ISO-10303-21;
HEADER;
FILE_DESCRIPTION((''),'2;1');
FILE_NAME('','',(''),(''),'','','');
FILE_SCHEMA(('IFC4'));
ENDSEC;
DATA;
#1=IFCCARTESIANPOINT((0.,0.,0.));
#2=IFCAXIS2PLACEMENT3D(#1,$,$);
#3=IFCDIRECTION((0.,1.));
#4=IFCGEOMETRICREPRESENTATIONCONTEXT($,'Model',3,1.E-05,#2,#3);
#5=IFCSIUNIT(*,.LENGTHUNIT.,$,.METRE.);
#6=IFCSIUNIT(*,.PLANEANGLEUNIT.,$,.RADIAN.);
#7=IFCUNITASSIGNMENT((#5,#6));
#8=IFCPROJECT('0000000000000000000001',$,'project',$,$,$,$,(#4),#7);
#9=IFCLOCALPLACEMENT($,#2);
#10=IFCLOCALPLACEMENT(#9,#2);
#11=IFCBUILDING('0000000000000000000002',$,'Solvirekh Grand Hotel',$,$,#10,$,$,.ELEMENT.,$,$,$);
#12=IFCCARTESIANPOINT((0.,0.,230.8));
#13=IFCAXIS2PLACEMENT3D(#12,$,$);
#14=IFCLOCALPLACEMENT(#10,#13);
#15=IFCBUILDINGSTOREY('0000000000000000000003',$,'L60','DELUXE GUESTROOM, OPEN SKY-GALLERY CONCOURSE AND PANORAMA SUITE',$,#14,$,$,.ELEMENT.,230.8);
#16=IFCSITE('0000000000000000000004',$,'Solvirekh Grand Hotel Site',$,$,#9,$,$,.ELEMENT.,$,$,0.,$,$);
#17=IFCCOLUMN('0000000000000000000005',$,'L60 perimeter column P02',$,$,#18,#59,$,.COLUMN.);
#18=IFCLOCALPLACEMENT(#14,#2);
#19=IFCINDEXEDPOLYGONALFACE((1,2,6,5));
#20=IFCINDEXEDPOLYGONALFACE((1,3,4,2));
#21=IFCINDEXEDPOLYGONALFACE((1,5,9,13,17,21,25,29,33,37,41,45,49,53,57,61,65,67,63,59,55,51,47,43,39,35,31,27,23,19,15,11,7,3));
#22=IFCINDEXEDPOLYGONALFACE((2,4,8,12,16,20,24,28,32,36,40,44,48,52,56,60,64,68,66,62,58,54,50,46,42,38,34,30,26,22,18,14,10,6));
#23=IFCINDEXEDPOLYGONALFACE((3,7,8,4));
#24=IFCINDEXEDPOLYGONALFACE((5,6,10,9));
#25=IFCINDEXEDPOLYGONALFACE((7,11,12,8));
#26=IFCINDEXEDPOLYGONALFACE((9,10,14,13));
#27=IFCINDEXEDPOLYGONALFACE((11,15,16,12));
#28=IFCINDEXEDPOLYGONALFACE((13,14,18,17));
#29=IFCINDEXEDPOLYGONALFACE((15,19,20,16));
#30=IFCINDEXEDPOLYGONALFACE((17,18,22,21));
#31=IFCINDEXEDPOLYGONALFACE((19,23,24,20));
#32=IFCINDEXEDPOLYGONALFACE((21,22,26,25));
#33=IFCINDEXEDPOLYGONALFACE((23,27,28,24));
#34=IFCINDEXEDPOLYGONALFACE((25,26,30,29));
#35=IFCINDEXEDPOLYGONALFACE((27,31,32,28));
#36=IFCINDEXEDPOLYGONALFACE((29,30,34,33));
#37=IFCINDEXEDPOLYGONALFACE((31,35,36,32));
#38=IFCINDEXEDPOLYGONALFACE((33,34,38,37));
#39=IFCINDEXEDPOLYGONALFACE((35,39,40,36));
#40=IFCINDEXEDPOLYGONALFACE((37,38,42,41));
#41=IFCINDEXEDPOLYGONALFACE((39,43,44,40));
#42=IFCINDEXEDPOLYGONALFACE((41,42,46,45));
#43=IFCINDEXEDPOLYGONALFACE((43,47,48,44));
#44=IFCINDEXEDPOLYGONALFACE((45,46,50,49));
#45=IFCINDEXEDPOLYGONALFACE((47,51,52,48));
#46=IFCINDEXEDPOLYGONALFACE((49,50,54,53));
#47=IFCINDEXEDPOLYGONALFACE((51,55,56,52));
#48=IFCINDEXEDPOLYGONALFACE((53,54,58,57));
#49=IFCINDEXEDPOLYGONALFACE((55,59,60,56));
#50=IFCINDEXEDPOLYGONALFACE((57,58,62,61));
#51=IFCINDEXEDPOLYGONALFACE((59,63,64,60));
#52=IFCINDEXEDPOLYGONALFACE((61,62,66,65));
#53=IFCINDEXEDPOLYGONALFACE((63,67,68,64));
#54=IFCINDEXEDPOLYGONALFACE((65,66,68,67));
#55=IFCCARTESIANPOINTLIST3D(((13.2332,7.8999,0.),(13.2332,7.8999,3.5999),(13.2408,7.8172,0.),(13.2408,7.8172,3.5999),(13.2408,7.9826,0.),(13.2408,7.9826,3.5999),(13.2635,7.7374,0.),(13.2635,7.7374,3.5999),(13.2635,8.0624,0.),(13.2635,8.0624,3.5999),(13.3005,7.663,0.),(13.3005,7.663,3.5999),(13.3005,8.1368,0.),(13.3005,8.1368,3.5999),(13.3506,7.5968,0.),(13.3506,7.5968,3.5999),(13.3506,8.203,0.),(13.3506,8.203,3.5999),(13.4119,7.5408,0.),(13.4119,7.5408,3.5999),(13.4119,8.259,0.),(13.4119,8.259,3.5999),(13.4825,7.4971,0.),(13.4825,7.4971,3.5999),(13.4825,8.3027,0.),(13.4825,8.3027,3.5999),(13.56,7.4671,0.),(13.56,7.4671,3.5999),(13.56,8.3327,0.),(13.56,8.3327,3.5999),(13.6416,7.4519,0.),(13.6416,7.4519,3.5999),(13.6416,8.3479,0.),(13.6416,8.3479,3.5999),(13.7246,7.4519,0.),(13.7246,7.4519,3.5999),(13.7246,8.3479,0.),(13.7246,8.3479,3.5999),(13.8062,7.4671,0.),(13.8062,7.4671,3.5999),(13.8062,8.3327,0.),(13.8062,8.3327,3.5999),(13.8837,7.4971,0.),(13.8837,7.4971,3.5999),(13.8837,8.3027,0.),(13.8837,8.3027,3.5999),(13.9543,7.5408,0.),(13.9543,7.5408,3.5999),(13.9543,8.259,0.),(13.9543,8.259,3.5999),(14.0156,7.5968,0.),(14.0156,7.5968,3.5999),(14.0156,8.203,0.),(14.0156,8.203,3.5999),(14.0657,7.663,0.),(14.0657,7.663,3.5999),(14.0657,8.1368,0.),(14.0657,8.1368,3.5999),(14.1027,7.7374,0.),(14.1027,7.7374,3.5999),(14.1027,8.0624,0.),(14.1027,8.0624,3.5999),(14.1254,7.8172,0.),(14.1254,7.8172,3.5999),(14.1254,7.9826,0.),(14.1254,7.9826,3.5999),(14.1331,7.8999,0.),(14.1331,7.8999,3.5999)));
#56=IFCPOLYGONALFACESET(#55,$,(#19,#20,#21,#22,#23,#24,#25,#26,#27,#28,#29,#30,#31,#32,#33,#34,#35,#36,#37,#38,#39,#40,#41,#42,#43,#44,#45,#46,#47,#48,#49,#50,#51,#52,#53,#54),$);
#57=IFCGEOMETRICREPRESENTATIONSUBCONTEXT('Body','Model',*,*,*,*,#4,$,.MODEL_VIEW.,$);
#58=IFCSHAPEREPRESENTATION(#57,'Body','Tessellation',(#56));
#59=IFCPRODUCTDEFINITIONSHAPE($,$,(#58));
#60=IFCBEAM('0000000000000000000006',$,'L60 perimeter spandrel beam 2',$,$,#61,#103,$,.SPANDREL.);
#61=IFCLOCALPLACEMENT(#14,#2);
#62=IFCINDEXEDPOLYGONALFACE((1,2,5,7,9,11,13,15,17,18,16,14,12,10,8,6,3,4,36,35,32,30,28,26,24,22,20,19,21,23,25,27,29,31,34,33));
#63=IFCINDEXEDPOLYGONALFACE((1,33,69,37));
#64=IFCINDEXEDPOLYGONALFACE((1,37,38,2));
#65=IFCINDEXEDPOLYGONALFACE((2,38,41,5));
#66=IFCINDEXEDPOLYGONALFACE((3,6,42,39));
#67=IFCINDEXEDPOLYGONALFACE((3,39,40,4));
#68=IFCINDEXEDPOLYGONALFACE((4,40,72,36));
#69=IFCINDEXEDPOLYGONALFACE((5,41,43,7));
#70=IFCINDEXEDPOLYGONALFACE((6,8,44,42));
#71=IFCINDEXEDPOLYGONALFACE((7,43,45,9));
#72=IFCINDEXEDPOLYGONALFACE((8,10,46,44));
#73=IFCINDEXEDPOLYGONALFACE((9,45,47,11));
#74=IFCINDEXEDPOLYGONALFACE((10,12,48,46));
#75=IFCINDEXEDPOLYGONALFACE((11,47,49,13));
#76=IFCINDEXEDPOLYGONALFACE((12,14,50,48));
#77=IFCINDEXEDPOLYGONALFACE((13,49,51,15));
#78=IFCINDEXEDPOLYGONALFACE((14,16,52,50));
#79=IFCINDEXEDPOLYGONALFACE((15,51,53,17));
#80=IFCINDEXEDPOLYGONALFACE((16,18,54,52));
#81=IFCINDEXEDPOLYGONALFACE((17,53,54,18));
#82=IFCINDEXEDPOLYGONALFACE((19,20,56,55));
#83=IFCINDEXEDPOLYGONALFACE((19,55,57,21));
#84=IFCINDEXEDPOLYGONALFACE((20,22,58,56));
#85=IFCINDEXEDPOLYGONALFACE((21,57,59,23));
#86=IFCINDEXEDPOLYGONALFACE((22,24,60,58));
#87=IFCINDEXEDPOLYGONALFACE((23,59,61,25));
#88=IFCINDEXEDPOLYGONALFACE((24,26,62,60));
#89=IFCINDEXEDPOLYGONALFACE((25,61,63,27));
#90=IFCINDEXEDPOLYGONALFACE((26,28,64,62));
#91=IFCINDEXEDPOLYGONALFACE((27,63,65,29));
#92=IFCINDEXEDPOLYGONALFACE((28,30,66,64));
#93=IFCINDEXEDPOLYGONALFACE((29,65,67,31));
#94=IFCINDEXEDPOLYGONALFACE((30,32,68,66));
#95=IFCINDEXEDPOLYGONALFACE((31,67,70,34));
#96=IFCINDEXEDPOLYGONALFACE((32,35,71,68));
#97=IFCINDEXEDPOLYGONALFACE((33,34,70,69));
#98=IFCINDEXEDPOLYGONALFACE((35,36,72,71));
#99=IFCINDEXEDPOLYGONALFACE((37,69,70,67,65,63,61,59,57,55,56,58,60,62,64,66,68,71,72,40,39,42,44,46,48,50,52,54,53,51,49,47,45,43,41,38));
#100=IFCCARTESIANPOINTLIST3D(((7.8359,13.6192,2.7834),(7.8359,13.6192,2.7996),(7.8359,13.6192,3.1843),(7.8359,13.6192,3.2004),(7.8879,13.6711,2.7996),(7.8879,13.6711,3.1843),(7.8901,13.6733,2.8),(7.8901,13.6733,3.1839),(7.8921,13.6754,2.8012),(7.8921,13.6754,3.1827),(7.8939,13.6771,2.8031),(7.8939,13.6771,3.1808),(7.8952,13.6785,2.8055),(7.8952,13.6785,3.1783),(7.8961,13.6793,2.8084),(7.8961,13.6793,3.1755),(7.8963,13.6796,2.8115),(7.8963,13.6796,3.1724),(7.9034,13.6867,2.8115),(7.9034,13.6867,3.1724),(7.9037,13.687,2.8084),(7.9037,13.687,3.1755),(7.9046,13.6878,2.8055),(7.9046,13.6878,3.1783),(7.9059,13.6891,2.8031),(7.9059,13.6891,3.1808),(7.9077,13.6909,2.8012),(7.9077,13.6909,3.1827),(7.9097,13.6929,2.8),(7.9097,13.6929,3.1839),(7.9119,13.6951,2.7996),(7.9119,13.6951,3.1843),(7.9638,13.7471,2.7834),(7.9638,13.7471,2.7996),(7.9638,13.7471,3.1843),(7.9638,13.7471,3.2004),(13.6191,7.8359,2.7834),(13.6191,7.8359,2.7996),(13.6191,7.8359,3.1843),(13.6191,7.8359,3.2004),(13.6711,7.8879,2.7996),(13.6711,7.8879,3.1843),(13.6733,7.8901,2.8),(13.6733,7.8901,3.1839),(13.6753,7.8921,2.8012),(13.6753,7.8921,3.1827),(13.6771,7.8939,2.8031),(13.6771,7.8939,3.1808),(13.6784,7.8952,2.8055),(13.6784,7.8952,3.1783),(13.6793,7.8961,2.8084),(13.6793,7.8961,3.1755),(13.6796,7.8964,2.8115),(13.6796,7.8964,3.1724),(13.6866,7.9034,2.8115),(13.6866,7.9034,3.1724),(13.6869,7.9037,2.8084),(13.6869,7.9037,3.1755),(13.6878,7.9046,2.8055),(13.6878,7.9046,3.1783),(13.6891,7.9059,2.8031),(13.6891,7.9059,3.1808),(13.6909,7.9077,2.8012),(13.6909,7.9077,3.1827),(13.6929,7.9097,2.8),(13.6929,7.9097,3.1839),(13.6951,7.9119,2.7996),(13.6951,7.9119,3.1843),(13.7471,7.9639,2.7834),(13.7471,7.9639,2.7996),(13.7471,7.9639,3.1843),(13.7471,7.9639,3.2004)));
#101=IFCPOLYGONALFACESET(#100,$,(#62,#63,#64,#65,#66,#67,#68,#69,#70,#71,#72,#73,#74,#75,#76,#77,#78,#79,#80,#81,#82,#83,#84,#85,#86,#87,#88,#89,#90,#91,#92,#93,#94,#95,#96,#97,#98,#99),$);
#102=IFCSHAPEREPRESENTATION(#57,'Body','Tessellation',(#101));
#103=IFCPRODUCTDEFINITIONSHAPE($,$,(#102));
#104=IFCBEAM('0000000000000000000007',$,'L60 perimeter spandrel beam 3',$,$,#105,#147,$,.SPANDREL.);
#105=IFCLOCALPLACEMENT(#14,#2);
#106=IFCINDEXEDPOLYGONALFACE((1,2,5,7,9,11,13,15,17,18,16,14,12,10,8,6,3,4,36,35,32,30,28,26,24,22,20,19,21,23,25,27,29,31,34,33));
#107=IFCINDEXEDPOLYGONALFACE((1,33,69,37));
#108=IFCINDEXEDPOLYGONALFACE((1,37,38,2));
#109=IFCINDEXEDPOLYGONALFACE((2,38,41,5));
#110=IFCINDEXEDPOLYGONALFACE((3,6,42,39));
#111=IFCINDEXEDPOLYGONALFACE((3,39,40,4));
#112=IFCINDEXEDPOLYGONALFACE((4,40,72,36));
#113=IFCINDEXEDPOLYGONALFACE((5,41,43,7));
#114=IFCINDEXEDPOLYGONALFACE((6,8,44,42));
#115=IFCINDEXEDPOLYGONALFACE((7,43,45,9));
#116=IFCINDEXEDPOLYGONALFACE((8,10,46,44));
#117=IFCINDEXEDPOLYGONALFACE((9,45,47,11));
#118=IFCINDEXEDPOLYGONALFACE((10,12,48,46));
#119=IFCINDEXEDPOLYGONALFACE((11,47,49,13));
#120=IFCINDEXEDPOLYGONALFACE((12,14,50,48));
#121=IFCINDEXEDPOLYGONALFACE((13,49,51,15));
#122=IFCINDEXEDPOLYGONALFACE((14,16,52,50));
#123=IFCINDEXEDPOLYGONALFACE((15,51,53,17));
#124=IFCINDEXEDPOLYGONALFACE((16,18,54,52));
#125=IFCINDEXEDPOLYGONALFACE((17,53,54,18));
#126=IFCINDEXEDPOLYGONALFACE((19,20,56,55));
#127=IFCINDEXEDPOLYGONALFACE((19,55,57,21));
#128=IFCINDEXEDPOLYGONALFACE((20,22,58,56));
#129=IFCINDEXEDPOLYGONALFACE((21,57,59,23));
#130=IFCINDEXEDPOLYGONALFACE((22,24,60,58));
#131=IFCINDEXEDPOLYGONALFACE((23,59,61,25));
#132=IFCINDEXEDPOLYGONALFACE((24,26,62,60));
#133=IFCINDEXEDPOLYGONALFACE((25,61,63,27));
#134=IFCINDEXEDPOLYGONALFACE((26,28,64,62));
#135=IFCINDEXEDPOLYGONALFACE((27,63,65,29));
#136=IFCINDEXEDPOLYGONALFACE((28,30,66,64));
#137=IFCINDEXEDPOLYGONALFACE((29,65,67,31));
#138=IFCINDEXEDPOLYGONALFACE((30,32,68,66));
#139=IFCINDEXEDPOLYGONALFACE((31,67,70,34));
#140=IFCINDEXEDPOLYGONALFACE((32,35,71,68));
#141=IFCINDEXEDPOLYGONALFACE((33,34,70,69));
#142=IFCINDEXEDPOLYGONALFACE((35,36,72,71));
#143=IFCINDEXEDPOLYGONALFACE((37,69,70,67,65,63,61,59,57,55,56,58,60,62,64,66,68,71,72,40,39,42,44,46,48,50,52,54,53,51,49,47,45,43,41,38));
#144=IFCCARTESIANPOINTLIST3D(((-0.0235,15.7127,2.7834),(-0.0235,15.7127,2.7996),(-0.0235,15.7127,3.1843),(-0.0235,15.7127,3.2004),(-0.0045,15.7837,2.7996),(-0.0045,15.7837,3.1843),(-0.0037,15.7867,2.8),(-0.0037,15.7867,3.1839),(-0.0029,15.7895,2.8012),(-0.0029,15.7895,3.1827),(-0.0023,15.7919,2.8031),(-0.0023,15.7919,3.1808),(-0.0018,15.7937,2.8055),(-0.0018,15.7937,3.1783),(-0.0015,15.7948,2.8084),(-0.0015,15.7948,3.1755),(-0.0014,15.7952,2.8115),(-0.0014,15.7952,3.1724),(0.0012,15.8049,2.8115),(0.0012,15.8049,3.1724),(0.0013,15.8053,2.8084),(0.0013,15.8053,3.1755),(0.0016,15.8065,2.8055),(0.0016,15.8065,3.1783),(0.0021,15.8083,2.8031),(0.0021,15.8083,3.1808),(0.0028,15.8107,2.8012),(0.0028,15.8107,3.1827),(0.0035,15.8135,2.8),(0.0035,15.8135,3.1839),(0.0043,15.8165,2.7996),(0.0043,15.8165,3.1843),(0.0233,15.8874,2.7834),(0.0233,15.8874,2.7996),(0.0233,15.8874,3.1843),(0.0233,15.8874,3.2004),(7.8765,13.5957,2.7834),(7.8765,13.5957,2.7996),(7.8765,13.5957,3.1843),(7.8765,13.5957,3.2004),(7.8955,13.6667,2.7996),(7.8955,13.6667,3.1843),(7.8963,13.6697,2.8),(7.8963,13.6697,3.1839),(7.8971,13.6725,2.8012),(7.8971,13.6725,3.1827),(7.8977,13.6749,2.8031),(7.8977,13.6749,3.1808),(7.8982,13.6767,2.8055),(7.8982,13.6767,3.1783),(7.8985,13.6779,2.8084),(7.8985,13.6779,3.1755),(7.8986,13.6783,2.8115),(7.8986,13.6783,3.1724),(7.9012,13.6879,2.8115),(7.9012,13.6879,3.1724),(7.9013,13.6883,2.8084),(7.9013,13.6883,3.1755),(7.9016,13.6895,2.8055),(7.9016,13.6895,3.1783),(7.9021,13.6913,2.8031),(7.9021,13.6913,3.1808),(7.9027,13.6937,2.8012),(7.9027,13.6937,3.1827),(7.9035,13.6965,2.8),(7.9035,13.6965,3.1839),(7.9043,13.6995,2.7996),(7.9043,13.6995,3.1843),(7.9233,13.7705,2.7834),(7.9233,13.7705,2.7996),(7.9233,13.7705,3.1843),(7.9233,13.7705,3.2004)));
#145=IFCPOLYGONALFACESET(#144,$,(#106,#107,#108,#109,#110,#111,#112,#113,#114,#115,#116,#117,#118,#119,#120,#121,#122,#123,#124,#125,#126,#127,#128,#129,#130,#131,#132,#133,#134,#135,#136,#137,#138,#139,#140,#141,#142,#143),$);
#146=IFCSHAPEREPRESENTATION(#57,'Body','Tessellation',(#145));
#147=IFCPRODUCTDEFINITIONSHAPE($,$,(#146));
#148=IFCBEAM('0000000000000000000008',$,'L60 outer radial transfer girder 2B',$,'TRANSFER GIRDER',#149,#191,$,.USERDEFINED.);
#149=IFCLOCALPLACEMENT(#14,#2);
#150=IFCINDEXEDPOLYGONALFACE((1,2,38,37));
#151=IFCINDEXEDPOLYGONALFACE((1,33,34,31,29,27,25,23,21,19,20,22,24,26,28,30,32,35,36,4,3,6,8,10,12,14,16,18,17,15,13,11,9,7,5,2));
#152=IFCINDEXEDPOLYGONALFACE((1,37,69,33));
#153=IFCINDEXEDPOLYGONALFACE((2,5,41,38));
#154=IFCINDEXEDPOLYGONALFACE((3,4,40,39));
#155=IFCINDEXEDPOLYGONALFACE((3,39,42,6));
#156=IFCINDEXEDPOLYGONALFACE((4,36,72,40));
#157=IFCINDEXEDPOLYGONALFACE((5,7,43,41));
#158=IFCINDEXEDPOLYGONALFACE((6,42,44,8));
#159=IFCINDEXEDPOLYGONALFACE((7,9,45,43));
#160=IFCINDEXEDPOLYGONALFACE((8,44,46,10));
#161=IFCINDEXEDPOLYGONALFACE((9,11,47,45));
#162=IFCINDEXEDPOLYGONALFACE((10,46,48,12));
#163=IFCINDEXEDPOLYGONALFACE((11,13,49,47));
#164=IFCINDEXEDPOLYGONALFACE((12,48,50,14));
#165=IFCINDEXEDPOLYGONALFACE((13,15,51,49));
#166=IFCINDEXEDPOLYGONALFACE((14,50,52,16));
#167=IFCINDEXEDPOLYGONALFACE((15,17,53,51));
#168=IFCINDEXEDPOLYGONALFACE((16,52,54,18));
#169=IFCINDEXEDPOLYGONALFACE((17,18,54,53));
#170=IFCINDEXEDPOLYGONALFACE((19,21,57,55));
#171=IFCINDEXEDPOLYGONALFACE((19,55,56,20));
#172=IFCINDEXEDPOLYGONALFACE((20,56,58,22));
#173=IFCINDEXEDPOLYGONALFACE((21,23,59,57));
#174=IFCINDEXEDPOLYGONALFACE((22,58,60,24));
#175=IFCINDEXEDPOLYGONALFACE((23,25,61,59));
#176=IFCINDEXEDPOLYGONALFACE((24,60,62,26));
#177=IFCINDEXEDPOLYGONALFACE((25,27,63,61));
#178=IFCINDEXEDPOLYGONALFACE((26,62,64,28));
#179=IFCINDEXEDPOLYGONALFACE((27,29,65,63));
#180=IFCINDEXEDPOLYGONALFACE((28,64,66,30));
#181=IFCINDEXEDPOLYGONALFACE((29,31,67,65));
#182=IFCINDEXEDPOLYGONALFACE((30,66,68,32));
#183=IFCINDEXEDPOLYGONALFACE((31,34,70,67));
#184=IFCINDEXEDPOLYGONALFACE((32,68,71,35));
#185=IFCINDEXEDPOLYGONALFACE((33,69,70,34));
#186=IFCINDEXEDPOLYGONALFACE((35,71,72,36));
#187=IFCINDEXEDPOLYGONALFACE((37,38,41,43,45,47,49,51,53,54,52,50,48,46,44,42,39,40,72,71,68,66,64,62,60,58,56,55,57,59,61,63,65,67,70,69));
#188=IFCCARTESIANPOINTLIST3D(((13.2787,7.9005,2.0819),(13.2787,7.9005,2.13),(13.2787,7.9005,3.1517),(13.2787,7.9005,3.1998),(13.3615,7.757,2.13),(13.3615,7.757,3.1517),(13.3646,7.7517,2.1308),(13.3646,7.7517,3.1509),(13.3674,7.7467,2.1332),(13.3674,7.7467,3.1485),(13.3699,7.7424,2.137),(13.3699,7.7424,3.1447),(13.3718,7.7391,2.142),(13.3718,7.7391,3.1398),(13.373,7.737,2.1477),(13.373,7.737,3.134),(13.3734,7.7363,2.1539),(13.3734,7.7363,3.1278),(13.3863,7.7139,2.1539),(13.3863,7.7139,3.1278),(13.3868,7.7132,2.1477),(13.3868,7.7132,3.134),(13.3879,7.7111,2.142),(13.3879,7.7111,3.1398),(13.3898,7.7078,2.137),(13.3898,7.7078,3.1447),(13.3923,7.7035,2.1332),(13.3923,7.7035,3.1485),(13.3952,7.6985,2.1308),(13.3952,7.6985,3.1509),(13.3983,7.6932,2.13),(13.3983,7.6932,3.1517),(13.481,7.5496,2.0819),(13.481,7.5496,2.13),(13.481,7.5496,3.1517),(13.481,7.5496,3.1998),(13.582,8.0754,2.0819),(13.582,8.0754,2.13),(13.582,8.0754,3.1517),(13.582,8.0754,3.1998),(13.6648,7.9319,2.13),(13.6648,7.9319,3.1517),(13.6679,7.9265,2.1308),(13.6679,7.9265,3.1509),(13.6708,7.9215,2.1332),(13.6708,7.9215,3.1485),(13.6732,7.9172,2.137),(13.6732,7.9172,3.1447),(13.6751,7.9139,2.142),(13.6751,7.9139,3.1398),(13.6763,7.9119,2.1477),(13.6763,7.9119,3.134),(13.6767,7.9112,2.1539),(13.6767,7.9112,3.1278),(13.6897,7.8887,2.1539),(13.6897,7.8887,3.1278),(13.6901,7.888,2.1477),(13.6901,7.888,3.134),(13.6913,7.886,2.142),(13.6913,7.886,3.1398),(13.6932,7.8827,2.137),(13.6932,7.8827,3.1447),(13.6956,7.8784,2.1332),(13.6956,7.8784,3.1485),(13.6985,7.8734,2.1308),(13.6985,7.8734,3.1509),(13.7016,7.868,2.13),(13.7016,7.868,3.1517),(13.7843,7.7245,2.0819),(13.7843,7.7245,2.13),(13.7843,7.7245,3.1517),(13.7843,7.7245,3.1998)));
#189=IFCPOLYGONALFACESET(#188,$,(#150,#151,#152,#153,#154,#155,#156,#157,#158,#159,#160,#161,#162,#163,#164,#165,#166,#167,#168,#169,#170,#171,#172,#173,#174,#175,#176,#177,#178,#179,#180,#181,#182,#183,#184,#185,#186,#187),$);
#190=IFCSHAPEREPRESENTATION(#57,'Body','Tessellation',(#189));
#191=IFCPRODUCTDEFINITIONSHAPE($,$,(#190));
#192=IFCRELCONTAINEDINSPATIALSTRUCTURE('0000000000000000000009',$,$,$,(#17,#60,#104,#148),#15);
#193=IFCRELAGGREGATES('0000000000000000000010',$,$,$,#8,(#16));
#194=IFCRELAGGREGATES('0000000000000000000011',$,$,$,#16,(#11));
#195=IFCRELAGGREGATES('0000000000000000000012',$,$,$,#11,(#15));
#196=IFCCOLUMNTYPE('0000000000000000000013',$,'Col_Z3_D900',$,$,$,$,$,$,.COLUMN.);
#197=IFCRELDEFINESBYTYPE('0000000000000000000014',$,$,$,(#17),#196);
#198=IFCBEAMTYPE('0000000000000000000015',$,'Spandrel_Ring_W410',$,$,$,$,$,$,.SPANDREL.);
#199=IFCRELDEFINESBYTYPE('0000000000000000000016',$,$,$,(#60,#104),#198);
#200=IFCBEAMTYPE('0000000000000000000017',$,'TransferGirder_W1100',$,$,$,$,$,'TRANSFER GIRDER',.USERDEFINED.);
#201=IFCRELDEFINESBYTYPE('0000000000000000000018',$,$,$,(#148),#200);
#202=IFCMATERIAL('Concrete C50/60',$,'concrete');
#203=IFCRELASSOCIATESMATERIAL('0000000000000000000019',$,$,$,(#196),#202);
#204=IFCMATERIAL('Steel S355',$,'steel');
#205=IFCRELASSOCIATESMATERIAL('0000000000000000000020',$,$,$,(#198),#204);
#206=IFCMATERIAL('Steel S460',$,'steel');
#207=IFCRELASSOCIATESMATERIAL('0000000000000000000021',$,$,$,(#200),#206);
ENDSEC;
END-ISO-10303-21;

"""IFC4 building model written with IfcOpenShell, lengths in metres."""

from ifc_helpers import new_model, si_unit, direction, frame, origin, origin_2d, place, context, subcontext, project, spatial, circle, i_section, extrude, material, material_profile, profile_set, type_object, element, save


model = new_model("IFC4")

# Units and contexts
model_context = context("Model", 3, precision=1e-05, world=origin(), true_north=direction((0.0, 1.0)))
body_context = subcontext(model_context, "Body", "Model", "MODEL_VIEW")
ifc_project = project(units=[si_unit("LENGTHUNIT", "METRE"), si_unit("PLANEANGLEUNIT", "RADIAN")], contexts=[model_context])

# Site, building, storey
site_placement = place(None, origin())
site = spatial("IfcSite", under=ifc_project, at=site_placement, Name="Solvirekh Grand Hotel Site", CompositionType="ELEMENT", RefElevation=0.0)
building_placement = place(site_placement, origin())
building = spatial("IfcBuilding", under=site, at=building_placement, Name="Solvirekh Grand Hotel", CompositionType="ELEMENT")
storey_placement = place(building_placement, frame((0.0, 0.0, 230.8)))
storey = spatial("IfcBuildingStorey", under=building, at=storey_placement, Name="L60", Description="DELUXE GUESTROOM, OPEN SKY-GALLERY CONCOURSE AND PANORAMA SUITE", CompositionType="ELEMENT", Elevation=230.8)

# Column
ifc_material_1 = material(Name="Concrete C50/60", Category="concrete")
ifc_material_profile_1 = material_profile(ifc_material_1, circle(Radius=0.45, at=origin_2d()), Name="RC CIRC D900")
ifc_profile_set_1 = profile_set([ifc_material_profile_1], Name="Concrete C50/60")
column_type = type_object("IfcColumnType", Name="Col_Z3_D900", PredefinedType="COLUMN", material=ifc_profile_set_1)
column_placement = place(storey_placement, frame((13.6831, 7.8999, 0.0), z_axis=(0.0, 0.0, 1.0), x_axis=(1.0, 0.0, 0.0)))
element("IfcColumn", 1, at=column_placement, inside=storey, type_object=column_type, Name="L60 perimeter column P02", PredefinedType="COLUMN", context=body_context, shape_type="SweptSolid", body=[
    extrude(circle(Radius=0.45, at=origin_2d()), origin(), (0.0, 0.0, 1.0), 3.5999),
])

# Beams
ifc_material_2 = material(Name="Steel S355", Category="steel")
ifc_material_profile_2 = material_profile(ifc_material_2, i_section(OverallWidth=0.1809, OverallDepth=0.417, WebThickness=0.01, FlangeThickness=0.0161, FilletRadius=0.012, at=origin_2d()), Name="W410X85")
ifc_profile_set_2 = profile_set([ifc_material_profile_2], Name="Steel S355")
beam_type_1 = type_object("IfcBeamType", Name="Spandrel_Ring_W410", PredefinedType="SPANDREL", material=ifc_profile_set_2)
for number, where, z_axis, x_axis, name in (
    (2, (13.6831, 7.8999, 2.9919), (-0.707107, 0.707107, 0.0), (-0.707107, -0.707107, 0.0), "L60 perimeter spandrel beam 2"),
    (3, (7.8999, 13.6831, 2.9919), (-0.965921, 0.258839, 0.0), (-0.258839, -0.965921, 0.0), "L60 perimeter spandrel beam 3"),
):
    element("IfcBeam", number, at=place(storey_placement, frame(where, z_axis=z_axis, x_axis=x_axis)), inside=storey, type_object=beam_type_1, Name=name, PredefinedType="SPANDREL", context=body_context, shape_type="SweptSolid", body=[
        extrude(i_section(OverallWidth=0.1809, OverallDepth=0.417, WebThickness=0.01, FlangeThickness=0.0161, FilletRadius=0.012, at=origin_2d()), origin(), (0.0, 0.0, 1.0), 8.1787),
    ])
ifc_material_3 = material(Name="Steel S460", Category="steel")
ifc_material_profile_3 = material_profile(ifc_material_3, i_section(OverallWidth=0.405, OverallDepth=1.1179, WebThickness=0.0259, FlangeThickness=0.0481, FilletRadius=0.0239, at=origin_2d()), Name="W1100X499")
ifc_profile_set_3 = profile_set([ifc_material_profile_3], Name="Steel S460")
beam_type_2 = type_object("IfcBeamType", Name="TransferGirder_W1100", ElementType="TRANSFER GIRDER", PredefinedType="USERDEFINED", material=ifc_profile_set_3)
beam_placement = place(storey_placement, frame((13.3799, 7.7251, 2.6409), z_axis=(0.866348, 0.499441, 0.0), x_axis=(-0.499441, 0.866348, 0.0)))
element("IfcBeam", 4, at=beam_placement, inside=storey, type_object=beam_type_2, Name="L60 outer radial transfer girder 2B", ObjectType="TRANSFER GIRDER", PredefinedType="USERDEFINED", context=body_context, shape_type="SweptSolid", body=[
    extrude(i_section(OverallWidth=0.405, OverallDepth=1.1179, WebThickness=0.0259, FlangeThickness=0.0481, FilletRadius=0.0239, at=origin_2d()), origin(), (0.0, 0.0, 1.0), 0.3501),
])

save(model, "model.ifc")
